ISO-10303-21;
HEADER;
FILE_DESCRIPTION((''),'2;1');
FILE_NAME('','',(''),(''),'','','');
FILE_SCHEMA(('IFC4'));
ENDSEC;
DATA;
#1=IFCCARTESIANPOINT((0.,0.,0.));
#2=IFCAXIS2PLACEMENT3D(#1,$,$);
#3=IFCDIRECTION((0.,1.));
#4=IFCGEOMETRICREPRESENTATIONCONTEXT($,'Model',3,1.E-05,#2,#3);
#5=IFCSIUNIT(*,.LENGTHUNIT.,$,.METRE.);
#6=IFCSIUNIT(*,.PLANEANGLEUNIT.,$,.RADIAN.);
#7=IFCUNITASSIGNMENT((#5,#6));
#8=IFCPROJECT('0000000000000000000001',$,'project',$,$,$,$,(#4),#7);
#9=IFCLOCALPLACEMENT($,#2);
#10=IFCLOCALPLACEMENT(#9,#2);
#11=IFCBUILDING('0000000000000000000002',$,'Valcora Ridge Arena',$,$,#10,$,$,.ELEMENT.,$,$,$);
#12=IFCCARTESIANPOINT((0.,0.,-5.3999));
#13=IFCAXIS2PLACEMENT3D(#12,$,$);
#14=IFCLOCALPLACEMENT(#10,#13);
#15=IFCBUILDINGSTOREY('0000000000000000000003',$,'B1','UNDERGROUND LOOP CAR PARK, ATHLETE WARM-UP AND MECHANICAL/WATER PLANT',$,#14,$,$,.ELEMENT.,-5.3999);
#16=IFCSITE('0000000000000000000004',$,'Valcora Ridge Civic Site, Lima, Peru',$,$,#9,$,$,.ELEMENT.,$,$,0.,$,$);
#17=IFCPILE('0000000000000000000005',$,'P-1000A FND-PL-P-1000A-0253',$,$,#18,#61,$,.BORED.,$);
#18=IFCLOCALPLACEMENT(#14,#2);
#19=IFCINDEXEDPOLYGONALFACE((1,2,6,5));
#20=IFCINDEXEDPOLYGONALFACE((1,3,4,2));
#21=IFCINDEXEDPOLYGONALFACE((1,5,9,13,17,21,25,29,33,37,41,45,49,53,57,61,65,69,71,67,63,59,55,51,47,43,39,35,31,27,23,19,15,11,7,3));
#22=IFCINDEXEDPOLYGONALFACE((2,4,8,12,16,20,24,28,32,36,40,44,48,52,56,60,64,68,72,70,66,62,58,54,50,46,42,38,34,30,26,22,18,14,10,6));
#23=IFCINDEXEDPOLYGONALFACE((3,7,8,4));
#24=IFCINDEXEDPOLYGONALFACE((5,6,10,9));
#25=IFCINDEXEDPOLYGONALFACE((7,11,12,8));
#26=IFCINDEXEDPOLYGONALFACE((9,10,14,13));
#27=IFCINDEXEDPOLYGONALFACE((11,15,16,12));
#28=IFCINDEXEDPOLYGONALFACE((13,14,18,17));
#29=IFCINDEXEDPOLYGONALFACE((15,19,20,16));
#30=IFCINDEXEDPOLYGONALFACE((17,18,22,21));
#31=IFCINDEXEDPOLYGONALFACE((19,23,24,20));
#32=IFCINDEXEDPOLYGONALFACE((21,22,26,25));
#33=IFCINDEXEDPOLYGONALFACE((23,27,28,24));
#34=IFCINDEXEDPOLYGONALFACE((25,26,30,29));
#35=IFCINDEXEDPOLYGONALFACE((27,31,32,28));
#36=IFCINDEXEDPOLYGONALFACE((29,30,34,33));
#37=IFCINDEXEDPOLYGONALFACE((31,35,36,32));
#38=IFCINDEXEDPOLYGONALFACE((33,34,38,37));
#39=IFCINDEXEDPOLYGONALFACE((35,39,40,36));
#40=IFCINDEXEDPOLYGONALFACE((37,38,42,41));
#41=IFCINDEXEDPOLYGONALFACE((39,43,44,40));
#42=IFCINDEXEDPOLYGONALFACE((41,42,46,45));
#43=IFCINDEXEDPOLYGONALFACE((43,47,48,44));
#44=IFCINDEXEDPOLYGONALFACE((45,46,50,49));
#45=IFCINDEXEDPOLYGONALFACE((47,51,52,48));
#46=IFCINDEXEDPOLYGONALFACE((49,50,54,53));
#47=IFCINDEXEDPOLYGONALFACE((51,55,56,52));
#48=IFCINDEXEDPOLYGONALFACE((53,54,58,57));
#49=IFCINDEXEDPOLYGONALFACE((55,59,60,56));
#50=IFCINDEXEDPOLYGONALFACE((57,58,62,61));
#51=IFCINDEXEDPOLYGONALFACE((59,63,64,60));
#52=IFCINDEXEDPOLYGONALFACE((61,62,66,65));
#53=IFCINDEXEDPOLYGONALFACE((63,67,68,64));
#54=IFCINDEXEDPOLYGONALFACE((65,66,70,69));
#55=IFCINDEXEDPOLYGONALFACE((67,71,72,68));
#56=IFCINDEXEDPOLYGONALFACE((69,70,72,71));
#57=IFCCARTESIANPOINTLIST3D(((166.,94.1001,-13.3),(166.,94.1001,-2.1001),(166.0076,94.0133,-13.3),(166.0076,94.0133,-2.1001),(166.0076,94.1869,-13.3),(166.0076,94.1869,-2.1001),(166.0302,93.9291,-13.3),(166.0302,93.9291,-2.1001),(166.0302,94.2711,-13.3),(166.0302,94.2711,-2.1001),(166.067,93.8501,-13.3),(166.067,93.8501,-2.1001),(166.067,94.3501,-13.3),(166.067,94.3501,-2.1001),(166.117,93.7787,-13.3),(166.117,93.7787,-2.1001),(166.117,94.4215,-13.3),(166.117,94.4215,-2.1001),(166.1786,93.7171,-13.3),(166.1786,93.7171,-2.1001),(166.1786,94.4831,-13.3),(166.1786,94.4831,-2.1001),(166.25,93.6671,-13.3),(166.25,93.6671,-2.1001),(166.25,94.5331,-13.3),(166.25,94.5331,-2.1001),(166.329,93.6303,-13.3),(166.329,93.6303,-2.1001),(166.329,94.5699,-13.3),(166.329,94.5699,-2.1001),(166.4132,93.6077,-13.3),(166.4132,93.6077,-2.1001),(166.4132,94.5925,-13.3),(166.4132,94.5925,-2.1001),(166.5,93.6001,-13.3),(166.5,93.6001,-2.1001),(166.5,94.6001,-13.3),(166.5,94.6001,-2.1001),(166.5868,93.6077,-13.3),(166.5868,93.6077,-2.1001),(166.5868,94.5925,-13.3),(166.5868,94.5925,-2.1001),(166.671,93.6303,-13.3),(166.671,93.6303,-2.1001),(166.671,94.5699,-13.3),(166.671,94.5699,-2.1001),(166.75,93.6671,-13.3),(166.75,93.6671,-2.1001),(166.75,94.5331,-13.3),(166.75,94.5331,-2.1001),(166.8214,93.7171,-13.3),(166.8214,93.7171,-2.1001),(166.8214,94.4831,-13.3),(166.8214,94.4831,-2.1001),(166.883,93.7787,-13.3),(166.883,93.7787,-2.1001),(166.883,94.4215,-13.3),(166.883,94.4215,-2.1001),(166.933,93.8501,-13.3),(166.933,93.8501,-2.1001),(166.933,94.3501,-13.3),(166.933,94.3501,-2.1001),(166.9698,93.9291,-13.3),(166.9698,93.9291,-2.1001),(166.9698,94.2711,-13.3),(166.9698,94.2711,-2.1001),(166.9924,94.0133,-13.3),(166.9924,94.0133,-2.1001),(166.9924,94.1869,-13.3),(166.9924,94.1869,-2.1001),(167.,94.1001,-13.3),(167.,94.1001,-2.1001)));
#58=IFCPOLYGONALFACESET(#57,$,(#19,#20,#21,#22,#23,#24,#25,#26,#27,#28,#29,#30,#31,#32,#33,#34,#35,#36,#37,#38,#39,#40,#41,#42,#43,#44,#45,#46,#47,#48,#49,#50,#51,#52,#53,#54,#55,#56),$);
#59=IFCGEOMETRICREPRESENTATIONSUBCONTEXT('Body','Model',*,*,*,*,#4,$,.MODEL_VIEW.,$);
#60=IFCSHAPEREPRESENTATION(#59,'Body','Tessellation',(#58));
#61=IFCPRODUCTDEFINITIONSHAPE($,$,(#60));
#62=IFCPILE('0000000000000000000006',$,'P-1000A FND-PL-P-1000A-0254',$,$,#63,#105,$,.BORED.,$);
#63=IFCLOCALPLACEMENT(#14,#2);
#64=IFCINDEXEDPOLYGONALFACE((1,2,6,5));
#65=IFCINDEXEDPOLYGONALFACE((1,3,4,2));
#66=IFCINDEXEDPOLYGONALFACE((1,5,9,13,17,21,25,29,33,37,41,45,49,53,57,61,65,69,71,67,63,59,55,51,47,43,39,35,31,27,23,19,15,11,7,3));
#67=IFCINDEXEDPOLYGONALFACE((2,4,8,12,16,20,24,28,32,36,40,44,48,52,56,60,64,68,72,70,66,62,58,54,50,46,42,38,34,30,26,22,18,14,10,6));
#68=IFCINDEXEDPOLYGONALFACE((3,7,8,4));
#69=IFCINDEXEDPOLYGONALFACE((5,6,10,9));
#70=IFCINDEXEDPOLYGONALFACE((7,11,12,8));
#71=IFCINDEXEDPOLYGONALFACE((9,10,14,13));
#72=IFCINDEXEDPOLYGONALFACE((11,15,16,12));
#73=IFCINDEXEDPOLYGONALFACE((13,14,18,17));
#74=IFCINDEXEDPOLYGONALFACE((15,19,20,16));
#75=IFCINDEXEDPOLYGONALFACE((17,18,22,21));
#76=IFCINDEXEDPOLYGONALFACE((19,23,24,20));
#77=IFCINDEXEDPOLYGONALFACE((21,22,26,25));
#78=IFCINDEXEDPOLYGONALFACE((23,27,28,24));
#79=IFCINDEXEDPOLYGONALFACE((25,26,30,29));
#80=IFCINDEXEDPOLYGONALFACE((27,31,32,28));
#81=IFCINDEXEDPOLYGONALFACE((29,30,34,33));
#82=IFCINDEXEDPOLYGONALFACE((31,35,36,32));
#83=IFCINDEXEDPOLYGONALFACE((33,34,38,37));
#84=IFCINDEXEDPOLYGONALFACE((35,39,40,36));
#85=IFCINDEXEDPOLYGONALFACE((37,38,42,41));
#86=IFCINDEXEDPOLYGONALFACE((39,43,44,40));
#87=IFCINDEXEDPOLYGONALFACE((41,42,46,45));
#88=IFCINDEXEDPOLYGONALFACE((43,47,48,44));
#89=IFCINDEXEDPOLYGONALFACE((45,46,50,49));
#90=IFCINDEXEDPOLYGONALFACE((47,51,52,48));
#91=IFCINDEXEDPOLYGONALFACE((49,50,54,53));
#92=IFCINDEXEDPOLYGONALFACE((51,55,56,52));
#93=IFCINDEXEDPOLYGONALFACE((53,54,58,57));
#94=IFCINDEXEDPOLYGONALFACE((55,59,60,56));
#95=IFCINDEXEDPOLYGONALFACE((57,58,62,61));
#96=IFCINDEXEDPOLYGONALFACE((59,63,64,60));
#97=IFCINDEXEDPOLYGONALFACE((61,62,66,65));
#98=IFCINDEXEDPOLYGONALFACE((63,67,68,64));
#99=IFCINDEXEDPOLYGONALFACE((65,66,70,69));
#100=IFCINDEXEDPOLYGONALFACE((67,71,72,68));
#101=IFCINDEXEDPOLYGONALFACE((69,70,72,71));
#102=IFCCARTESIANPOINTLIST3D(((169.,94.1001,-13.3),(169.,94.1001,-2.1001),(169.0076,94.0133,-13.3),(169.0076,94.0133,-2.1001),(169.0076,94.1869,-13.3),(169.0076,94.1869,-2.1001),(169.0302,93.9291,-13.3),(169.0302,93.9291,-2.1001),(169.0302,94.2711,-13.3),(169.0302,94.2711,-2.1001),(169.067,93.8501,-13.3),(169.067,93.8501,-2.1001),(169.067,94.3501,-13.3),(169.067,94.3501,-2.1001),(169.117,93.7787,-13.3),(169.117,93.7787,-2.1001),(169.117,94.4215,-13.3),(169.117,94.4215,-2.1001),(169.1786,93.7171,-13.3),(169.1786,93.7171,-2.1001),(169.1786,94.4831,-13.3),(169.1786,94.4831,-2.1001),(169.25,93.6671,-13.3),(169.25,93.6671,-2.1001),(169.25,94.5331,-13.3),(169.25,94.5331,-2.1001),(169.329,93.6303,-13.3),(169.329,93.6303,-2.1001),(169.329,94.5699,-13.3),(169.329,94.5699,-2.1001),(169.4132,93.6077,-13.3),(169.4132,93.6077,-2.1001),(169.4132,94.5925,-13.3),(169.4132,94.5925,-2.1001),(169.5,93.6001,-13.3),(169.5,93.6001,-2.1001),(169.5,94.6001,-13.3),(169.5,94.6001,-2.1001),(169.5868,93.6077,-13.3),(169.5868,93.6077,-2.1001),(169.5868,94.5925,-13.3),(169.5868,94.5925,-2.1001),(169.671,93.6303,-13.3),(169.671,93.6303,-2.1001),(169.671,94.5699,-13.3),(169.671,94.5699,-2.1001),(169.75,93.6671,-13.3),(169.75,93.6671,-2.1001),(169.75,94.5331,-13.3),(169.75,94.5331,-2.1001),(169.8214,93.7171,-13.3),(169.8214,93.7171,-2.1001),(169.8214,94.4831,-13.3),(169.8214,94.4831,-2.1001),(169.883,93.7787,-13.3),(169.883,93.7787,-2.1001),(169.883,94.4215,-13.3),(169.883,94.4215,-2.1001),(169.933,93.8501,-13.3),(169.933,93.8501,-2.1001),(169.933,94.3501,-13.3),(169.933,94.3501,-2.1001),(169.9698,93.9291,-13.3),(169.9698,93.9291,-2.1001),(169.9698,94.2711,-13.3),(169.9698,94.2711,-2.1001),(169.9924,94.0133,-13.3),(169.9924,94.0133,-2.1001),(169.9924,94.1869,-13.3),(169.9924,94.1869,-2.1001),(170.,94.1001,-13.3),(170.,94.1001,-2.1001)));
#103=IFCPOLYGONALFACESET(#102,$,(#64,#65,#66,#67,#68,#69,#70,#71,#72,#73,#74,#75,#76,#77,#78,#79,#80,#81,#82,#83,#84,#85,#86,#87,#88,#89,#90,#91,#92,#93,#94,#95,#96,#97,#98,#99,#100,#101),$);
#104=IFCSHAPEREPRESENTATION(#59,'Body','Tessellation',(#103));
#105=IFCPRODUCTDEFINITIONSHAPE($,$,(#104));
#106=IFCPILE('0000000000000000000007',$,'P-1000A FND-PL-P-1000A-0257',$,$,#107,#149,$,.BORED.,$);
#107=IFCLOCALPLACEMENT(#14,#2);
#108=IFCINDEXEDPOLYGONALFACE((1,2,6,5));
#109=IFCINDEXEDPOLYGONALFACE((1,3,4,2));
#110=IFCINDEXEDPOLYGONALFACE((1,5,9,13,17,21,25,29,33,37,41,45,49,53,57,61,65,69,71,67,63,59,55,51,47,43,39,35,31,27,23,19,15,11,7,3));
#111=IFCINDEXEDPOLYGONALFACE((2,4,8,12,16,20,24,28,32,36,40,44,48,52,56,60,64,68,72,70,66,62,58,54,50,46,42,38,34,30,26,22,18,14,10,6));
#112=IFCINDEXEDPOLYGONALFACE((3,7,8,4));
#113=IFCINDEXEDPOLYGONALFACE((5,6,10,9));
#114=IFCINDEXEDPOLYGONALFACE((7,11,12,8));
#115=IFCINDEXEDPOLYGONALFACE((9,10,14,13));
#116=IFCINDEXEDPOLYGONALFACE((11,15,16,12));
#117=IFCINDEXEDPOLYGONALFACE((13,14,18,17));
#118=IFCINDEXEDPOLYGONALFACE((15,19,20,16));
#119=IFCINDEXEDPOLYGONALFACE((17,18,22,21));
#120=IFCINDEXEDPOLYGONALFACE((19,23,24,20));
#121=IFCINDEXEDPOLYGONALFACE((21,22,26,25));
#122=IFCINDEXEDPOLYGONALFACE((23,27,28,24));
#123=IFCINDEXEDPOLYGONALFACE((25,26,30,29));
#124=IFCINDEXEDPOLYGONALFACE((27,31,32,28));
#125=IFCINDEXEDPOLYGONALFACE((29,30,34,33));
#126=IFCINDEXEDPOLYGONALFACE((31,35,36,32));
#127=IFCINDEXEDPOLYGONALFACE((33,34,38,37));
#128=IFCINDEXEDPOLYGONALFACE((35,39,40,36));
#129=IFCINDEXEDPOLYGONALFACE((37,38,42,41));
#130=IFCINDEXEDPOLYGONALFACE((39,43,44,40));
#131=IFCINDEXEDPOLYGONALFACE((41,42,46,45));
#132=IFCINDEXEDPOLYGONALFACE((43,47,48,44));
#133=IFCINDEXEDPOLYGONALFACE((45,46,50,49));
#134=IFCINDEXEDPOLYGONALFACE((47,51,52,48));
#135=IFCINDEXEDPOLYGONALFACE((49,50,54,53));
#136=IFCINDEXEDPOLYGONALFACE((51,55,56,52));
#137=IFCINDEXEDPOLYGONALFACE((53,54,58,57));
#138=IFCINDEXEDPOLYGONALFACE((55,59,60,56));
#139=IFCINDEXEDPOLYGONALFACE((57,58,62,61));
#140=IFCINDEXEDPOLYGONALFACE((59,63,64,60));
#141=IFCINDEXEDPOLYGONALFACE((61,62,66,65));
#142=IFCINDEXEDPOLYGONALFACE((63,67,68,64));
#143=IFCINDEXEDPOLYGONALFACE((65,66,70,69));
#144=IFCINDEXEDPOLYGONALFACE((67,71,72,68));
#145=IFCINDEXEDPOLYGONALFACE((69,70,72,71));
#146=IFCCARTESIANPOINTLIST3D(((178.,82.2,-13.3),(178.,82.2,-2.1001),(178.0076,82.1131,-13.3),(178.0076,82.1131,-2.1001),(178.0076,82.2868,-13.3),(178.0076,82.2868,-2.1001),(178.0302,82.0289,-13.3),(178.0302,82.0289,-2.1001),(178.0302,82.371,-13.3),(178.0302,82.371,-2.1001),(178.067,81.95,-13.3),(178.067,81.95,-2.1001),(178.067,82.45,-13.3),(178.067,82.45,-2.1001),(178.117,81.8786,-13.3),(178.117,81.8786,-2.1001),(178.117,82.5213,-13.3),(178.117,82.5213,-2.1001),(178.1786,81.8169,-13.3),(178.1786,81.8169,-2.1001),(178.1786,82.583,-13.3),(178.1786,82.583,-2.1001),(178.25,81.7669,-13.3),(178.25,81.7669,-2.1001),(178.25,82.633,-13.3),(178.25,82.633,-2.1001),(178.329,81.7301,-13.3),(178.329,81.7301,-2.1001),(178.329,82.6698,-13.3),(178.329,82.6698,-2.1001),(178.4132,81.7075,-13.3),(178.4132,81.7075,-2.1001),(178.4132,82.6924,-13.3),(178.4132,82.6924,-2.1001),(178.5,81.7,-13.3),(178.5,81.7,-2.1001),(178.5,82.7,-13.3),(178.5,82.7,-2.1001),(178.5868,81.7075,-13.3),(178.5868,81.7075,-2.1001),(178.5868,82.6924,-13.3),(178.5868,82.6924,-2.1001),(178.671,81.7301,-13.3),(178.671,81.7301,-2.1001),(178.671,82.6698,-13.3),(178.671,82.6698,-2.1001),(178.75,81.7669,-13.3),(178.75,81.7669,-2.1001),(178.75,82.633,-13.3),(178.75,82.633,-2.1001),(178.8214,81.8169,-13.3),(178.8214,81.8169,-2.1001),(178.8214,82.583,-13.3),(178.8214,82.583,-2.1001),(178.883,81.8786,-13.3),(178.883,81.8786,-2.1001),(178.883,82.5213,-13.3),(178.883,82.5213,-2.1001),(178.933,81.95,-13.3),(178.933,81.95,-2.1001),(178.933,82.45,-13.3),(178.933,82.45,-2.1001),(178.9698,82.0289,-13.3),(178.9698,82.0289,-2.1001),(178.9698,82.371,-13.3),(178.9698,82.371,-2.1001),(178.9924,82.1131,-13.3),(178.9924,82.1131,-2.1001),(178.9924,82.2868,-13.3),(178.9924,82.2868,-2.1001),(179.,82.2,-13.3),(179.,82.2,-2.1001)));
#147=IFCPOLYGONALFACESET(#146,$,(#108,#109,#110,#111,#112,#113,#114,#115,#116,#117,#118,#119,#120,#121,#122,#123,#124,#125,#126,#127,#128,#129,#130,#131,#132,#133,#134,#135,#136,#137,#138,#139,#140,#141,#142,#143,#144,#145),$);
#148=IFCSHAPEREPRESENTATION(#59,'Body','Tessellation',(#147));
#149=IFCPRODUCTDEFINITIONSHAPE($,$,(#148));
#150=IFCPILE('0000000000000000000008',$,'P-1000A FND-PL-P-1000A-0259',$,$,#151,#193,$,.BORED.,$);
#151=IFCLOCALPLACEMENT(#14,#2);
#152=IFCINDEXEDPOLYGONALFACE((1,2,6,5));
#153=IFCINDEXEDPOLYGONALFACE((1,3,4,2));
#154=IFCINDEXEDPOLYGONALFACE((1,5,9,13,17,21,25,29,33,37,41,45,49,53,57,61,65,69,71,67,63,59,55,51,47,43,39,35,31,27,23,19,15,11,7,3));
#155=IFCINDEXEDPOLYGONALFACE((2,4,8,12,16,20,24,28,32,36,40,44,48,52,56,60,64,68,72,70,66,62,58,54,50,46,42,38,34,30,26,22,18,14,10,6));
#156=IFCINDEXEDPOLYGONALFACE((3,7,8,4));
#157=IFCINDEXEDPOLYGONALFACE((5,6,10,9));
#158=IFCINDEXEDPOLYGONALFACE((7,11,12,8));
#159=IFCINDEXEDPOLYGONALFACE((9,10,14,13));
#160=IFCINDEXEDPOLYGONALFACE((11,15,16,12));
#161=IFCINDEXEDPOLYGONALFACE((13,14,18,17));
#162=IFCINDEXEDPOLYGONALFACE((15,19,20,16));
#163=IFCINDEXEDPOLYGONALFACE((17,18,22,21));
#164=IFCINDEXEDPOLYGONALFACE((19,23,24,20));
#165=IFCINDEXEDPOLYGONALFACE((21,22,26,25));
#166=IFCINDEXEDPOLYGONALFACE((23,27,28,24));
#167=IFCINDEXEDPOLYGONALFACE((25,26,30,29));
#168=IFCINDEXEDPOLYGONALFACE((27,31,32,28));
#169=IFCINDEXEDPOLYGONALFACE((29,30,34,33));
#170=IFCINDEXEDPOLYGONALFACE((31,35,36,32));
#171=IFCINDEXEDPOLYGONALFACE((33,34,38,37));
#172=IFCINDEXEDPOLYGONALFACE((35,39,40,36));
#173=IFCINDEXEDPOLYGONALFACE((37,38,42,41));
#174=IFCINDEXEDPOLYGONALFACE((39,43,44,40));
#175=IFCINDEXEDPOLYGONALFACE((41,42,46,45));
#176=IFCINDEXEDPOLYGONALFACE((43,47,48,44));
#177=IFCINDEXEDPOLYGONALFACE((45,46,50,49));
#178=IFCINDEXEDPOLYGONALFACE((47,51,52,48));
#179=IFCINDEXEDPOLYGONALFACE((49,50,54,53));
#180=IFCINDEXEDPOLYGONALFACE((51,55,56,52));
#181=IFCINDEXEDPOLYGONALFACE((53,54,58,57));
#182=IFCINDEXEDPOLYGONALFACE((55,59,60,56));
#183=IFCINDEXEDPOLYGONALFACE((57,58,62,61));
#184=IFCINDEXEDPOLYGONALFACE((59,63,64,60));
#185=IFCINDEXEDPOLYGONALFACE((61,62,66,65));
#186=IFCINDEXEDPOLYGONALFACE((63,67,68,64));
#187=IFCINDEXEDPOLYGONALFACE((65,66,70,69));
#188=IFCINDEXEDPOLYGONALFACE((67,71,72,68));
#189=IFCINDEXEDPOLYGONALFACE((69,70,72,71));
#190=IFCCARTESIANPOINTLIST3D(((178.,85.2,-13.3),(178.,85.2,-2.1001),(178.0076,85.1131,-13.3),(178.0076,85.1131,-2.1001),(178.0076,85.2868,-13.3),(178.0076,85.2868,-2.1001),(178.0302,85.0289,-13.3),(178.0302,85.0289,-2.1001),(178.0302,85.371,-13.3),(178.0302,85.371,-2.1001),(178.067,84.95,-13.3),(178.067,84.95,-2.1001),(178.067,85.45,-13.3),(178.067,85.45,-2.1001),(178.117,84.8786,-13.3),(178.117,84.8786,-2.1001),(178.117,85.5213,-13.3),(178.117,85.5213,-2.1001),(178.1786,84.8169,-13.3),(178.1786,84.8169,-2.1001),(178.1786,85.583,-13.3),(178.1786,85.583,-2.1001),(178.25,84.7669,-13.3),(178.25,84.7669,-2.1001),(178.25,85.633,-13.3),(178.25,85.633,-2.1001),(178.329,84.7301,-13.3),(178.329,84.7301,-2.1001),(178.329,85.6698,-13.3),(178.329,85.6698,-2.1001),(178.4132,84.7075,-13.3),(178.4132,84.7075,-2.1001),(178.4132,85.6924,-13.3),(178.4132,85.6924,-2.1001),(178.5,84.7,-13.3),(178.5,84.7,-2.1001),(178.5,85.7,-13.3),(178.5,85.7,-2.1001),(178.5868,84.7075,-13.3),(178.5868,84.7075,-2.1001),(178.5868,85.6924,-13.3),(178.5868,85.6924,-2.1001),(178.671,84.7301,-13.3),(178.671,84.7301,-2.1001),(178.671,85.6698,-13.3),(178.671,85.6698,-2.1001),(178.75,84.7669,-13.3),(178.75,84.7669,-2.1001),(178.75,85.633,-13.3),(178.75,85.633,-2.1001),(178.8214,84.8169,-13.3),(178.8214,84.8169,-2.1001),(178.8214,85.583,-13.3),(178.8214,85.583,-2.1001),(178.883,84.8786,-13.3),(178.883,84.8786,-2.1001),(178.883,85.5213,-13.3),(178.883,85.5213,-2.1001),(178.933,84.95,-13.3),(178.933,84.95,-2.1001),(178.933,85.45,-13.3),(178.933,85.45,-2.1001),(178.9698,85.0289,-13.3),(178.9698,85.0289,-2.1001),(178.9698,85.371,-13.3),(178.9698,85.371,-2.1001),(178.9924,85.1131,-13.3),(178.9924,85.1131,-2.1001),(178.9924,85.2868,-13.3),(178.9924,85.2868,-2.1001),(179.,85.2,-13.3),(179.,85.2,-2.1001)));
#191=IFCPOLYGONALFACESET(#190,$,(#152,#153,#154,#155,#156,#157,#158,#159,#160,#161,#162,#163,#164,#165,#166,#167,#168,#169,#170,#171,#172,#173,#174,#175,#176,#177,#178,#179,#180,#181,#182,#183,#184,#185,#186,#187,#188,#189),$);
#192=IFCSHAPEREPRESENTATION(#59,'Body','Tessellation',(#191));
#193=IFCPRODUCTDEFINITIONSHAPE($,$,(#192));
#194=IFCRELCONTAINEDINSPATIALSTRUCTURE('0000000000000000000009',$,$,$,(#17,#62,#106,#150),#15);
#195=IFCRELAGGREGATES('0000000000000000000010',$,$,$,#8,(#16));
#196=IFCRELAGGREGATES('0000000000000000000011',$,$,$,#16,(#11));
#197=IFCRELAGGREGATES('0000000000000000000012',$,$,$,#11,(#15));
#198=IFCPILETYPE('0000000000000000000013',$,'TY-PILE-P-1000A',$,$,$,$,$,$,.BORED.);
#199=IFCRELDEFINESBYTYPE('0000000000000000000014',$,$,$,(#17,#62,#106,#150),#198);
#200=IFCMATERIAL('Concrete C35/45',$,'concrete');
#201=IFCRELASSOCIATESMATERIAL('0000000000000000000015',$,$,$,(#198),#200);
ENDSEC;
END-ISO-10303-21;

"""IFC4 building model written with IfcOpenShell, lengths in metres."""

from ifc_helpers import new_model, si_unit, direction, frame, origin, origin_2d, place, context, subcontext, project, spatial, circle, extrude, material, material_profile, profile_set, type_object, element, save


model = new_model("IFC4")

# Units and contexts
model_context = context("Model", 3, precision=1e-05, world=origin(), true_north=direction((0.0, 1.0)))
body_context = subcontext(model_context, "Body", "Model", "MODEL_VIEW")
ifc_project = project(units=[si_unit("LENGTHUNIT", "METRE"), si_unit("PLANEANGLEUNIT", "RADIAN")], contexts=[model_context])

# Site, building, storey
site_placement = place(None, origin())
site = spatial("IfcSite", under=ifc_project, at=site_placement, Name="Valcora Ridge Civic Site, Lima, Peru", CompositionType="ELEMENT", RefElevation=0.0)
building_placement = place(site_placement, origin())
building = spatial("IfcBuilding", under=site, at=building_placement, Name="Valcora Ridge Arena", CompositionType="ELEMENT")
storey_placement = place(building_placement, frame((0.0, 0.0, -5.3999)))
storey = spatial("IfcBuildingStorey", under=building, at=storey_placement, Name="B1", Description="UNDERGROUND LOOP CAR PARK, ATHLETE WARM-UP AND MECHANICAL/WATER PLANT", CompositionType="ELEMENT", Elevation=-5.3999)

# Piles
ifc_material_1 = material(Name="Concrete C35/45", Category="concrete")
ifc_material_profile_1 = material_profile(ifc_material_1, circle(Radius=0.5, at=origin_2d()), Name="BORED PILE D1000")
ifc_profile_set_1 = profile_set([ifc_material_profile_1], Name="Concrete C35/45")
pile_type_1 = type_object("IfcPileType", Name="TY-PILE-P-1000A", PredefinedType="BORED", material=ifc_profile_set_1)
for number, where, z_axis, x_axis, name in (
    (1, (166.5, 94.1001, -2.1001), (0.0, 0.0, -1.0), (1.0, 0.0, 0.0), "P-1000A FND-PL-P-1000A-0253"),
    (2, (169.5, 94.1001, -2.1001), (0.0, 0.0, -1.0), (1.0, 0.0, 0.0), "P-1000A FND-PL-P-1000A-0254"),
    (3, (178.5, 82.2, -2.1001), (0.0, 0.0, -1.0), (1.0, 0.0, 0.0), "P-1000A FND-PL-P-1000A-0257"),
    (4, (178.5, 85.2, -2.1001), (0.0, 0.0, -1.0), (1.0, 0.0, 0.0), "P-1000A FND-PL-P-1000A-0259"),
):
    element("IfcPile", number, at=place(storey_placement, frame(where, z_axis=z_axis, x_axis=x_axis)), inside=storey, type_object=pile_type_1, Name=name, PredefinedType="BORED", context=body_context, shape_type="SweptSolid", body=[
        extrude(circle(Radius=0.5, at=origin_2d()), origin(), (0.0, 0.0, 1.0), 11.2),
    ])

save(model, "model.ifc")
